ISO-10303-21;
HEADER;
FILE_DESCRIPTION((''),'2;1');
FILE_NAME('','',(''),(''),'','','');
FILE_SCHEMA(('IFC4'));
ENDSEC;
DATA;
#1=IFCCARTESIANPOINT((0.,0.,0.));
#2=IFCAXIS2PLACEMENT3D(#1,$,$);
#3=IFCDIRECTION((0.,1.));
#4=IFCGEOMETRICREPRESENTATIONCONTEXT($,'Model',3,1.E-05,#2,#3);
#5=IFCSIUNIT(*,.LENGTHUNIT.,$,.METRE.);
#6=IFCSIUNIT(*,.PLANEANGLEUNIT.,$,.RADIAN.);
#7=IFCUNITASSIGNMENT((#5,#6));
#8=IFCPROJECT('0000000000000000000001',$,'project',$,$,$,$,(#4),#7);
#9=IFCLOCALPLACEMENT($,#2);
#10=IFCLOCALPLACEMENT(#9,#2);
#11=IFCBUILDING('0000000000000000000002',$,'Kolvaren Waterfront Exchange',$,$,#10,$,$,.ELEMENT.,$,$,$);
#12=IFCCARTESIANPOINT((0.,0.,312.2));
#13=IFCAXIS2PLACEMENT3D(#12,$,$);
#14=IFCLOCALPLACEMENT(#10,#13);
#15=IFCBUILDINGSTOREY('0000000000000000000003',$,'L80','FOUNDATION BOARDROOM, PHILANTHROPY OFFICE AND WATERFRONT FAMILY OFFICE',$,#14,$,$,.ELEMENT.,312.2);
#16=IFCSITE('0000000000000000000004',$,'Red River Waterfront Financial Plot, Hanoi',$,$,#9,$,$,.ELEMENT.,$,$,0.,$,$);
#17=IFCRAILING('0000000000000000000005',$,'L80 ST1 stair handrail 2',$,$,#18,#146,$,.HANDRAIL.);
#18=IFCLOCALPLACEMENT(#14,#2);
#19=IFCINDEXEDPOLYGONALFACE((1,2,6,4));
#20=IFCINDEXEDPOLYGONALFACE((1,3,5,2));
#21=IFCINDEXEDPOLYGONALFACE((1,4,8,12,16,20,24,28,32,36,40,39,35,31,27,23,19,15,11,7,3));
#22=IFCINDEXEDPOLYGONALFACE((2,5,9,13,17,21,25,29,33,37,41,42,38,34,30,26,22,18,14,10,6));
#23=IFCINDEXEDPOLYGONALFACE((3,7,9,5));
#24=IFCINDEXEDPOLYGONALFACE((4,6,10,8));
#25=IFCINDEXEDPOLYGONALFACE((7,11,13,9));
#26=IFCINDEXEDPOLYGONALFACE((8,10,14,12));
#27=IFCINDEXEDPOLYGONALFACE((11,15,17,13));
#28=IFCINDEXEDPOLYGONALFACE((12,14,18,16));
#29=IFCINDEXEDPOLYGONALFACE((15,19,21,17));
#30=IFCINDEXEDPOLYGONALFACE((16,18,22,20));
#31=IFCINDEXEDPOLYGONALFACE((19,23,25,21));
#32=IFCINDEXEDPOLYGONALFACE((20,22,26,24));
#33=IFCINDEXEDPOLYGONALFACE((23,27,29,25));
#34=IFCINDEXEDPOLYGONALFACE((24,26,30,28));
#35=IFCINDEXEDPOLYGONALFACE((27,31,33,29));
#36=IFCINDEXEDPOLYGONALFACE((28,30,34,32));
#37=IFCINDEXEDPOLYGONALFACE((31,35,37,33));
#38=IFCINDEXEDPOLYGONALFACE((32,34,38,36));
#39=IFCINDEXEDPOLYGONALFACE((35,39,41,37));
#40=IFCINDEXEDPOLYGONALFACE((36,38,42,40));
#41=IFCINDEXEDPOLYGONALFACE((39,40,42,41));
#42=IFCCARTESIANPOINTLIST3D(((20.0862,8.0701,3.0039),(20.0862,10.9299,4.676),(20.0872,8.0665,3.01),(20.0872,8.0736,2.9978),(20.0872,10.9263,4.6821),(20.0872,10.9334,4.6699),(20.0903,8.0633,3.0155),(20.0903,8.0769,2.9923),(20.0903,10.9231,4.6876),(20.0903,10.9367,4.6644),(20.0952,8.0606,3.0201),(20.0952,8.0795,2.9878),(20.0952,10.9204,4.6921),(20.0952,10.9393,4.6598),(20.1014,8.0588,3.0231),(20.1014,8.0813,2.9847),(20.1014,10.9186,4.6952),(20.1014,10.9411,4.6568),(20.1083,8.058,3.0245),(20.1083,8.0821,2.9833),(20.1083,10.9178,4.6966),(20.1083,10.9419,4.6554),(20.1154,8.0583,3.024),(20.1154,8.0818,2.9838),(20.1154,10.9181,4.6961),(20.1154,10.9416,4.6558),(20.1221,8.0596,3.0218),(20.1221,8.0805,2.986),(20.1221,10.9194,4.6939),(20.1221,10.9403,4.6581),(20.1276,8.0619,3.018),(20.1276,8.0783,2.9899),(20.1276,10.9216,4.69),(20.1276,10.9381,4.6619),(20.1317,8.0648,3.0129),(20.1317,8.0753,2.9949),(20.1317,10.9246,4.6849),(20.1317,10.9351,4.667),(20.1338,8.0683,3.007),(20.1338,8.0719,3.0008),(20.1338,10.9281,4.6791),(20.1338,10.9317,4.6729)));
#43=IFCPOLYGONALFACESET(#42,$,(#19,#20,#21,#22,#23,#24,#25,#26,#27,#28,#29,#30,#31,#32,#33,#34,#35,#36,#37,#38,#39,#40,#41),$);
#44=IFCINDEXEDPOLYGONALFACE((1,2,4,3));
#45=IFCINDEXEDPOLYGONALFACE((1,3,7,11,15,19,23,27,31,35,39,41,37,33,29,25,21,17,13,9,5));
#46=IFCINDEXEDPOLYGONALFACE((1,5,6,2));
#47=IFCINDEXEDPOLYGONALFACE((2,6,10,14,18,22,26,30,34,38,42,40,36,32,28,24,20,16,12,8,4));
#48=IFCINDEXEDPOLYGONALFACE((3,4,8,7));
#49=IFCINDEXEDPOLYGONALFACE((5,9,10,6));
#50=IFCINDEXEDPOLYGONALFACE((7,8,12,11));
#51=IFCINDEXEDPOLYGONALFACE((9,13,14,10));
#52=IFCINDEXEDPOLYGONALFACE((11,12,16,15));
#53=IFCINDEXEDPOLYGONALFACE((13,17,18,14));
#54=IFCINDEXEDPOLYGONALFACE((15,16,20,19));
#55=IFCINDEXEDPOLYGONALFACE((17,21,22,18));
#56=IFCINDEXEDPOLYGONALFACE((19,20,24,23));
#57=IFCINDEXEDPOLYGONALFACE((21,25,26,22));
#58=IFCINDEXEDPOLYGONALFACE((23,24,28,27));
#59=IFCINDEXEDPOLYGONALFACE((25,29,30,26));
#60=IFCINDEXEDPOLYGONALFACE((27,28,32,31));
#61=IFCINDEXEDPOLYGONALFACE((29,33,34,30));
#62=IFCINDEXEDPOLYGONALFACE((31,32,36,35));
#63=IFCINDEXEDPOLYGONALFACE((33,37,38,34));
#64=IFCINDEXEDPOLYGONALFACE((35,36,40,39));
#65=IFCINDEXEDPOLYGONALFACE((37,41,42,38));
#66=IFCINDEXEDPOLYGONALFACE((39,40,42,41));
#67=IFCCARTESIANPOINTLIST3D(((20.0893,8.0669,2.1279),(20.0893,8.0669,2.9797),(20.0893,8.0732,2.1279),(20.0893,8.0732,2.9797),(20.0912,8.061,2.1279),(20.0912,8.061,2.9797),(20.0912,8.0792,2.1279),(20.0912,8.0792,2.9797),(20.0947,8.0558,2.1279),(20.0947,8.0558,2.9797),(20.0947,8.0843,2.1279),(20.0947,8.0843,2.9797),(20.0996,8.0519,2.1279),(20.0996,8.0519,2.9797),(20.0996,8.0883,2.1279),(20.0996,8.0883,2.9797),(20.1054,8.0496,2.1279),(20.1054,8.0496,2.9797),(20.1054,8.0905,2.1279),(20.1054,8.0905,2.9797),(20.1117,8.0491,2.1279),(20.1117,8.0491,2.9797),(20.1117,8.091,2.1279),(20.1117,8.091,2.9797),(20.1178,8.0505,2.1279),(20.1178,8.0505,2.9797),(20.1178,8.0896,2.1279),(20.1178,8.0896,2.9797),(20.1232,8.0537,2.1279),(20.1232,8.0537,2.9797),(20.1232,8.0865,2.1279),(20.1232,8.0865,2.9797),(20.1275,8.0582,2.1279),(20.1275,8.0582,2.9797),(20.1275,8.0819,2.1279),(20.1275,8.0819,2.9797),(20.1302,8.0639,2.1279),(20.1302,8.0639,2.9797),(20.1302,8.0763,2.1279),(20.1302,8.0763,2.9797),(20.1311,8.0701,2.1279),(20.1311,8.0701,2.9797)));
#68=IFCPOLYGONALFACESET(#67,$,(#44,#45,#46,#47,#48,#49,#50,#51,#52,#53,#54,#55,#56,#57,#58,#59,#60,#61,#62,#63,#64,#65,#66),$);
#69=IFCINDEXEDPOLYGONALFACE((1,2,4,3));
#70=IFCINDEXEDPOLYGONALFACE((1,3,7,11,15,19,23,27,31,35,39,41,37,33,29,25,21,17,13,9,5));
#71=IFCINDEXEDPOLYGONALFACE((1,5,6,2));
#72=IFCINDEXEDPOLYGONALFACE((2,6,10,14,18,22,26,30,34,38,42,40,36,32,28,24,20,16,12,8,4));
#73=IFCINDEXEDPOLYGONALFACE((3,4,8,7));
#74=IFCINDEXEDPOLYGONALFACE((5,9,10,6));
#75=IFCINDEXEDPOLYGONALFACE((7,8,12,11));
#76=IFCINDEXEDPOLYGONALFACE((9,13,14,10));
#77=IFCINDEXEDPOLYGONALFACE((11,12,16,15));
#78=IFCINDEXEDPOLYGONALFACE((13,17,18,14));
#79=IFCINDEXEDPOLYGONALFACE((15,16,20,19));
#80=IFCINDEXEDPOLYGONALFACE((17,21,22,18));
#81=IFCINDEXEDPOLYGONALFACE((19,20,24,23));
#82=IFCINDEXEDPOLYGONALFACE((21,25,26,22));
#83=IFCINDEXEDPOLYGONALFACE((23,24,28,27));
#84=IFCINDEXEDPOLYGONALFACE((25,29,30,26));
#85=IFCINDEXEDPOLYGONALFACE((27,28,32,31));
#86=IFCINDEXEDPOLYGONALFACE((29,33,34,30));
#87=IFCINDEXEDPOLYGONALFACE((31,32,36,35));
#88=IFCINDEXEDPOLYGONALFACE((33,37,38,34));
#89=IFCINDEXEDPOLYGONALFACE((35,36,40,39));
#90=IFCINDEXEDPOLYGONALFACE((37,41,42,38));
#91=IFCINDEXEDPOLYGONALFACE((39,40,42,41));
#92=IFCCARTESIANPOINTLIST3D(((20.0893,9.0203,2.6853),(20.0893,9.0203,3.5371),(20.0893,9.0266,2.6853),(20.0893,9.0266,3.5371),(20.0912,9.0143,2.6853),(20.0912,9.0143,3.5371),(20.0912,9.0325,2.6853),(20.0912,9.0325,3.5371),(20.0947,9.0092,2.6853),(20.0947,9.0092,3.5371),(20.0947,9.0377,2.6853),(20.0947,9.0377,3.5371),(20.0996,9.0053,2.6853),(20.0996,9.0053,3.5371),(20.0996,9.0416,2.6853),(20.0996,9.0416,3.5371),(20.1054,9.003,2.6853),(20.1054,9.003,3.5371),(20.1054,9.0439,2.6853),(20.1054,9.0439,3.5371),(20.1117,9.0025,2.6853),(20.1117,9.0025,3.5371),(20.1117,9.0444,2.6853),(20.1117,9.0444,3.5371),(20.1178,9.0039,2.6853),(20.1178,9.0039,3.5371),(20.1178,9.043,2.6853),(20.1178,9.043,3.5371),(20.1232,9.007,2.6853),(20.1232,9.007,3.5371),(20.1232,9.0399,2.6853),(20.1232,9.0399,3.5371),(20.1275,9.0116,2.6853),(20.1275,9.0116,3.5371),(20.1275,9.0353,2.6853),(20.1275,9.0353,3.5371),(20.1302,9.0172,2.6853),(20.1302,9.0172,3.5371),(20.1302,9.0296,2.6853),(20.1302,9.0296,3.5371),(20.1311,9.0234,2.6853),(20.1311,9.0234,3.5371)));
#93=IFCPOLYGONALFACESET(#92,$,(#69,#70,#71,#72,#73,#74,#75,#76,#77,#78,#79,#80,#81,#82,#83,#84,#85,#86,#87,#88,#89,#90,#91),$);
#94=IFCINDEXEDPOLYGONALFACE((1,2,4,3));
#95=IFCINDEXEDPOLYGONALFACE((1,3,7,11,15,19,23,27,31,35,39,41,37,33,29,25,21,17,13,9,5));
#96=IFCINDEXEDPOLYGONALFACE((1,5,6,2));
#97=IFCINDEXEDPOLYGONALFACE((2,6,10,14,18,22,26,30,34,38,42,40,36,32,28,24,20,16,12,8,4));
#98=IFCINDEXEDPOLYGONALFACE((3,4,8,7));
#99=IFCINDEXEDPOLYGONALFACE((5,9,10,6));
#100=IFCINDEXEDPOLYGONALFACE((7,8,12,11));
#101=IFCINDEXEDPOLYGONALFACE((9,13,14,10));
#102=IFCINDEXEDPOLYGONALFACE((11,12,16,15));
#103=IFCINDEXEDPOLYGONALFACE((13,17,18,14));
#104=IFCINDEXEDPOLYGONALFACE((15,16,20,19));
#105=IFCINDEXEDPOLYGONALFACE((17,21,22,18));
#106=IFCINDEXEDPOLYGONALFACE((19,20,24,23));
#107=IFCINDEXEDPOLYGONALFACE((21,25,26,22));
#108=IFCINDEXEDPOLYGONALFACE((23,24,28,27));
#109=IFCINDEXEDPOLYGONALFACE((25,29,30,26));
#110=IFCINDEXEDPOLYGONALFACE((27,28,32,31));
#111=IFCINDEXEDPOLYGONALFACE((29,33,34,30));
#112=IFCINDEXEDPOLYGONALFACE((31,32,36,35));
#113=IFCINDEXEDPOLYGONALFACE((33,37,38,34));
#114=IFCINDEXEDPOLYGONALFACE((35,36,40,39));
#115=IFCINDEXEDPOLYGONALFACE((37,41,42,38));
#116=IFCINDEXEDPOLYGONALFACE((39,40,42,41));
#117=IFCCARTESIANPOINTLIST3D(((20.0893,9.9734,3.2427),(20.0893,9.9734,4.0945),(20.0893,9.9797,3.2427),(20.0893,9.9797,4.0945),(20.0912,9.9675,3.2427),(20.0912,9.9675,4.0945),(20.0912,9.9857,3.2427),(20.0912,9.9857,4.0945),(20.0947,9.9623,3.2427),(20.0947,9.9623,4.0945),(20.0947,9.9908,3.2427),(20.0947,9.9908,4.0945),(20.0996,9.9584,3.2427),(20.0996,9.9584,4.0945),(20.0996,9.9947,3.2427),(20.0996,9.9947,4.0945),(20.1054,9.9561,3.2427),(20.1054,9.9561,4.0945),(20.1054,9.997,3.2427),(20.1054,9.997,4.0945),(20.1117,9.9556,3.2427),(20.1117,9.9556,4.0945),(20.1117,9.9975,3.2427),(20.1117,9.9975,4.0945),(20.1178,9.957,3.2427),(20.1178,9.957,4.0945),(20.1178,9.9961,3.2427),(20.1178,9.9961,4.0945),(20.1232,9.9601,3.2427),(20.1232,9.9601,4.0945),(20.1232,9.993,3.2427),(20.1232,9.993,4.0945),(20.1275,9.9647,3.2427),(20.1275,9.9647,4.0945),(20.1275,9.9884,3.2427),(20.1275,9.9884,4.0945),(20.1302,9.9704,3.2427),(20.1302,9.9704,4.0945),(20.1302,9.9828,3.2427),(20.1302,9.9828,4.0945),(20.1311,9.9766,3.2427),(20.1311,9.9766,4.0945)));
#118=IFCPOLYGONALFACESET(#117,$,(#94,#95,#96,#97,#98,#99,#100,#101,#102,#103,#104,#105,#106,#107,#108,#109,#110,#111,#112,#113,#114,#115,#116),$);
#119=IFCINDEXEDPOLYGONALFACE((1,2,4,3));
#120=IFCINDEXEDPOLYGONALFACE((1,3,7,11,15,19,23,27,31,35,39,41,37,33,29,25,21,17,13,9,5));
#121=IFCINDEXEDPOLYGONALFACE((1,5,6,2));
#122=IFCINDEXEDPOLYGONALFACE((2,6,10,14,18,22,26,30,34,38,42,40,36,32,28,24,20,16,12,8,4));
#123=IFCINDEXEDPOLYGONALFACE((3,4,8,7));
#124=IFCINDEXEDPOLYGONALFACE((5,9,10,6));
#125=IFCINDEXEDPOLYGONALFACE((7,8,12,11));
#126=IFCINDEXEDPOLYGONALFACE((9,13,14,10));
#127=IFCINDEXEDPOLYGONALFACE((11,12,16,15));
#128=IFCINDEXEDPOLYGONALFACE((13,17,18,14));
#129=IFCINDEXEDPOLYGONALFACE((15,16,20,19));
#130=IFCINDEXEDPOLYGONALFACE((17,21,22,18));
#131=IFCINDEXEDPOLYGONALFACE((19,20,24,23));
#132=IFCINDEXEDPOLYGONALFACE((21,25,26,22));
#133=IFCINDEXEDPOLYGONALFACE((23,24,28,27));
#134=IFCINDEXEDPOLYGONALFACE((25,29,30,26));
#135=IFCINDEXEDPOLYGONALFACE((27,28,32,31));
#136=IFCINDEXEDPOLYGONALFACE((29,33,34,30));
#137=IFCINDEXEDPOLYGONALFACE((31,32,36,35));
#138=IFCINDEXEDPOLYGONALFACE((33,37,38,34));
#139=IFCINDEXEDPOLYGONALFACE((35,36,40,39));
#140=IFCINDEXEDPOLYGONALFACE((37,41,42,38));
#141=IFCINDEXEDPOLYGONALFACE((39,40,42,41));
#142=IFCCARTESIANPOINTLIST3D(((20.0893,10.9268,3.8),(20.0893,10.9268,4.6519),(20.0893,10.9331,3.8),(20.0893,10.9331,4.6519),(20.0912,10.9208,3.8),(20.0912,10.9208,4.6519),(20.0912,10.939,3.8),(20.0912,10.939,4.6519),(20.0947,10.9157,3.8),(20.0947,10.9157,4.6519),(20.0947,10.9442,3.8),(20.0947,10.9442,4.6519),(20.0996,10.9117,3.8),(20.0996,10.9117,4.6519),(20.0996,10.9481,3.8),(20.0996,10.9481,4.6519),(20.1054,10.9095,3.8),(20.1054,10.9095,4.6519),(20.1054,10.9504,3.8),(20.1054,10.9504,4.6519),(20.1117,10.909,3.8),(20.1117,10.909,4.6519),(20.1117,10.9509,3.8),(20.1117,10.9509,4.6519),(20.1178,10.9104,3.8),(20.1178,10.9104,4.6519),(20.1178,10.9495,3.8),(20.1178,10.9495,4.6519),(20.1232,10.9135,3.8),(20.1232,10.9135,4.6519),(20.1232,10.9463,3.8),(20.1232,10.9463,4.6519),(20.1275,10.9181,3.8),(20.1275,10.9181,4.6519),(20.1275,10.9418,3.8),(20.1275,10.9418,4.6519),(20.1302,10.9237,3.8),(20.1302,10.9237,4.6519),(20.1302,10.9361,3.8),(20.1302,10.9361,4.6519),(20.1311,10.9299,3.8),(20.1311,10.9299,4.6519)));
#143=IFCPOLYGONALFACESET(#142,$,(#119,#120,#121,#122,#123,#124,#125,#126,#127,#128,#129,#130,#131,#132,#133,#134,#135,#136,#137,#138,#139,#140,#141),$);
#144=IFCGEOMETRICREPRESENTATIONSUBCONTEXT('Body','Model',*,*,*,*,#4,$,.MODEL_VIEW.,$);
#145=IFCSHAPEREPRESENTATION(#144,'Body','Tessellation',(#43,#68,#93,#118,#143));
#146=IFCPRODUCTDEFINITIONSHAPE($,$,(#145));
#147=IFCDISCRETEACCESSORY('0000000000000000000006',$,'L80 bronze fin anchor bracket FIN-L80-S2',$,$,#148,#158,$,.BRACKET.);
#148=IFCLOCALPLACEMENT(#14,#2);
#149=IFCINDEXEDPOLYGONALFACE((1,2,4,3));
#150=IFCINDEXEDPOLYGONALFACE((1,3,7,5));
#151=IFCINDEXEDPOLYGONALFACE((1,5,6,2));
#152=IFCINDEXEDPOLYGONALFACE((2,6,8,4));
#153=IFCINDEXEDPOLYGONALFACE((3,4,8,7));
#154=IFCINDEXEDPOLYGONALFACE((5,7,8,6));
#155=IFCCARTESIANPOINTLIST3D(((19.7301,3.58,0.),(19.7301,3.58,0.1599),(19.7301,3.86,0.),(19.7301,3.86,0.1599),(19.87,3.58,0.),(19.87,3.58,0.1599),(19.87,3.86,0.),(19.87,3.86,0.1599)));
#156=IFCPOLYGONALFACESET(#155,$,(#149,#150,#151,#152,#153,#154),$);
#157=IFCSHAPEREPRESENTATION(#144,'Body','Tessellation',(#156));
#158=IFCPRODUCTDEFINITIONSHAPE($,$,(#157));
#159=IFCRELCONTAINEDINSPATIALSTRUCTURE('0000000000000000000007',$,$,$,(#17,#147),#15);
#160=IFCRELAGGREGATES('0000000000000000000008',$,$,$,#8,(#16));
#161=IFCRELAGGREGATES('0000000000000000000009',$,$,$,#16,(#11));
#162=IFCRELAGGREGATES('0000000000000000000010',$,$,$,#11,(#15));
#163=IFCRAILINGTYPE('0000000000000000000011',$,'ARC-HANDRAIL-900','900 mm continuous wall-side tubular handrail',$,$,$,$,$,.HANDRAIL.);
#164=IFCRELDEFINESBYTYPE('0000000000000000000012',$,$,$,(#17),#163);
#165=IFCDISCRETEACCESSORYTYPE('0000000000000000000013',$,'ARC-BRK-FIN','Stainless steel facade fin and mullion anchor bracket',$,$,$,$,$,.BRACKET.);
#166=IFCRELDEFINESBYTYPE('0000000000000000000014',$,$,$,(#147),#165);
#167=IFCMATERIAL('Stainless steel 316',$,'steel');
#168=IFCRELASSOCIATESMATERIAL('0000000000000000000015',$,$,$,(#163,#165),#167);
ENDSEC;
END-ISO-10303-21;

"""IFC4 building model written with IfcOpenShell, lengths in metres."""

from ifc_helpers import new_model, si_unit, direction, frame, origin, origin_with_axes, origin_2d, place, context, subcontext, project, spatial, rectangle, circle, extrude, source, transform, mapped, material, type_object, element, save


model = new_model("IFC4")

# Units and contexts
model_context = context("Model", 3, precision=1e-05, world=origin(), true_north=direction((0.0, 1.0)))
body_context = subcontext(model_context, "Body", "Model", "MODEL_VIEW")
ifc_project = project(units=[si_unit("LENGTHUNIT", "METRE"), si_unit("PLANEANGLEUNIT", "RADIAN")], contexts=[model_context])

# Site, building, storey
site_placement = place(None, origin())
site = spatial("IfcSite", under=ifc_project, at=site_placement, Name="Red River Waterfront Financial Plot, Hanoi", CompositionType="ELEMENT", RefElevation=0.0)
building_placement = place(site_placement, origin())
building = spatial("IfcBuilding", under=site, at=building_placement, Name="Kolvaren Waterfront Exchange", CompositionType="ELEMENT")
storey_placement = place(building_placement, frame((0.0, 0.0, 312.2)))
storey = spatial("IfcBuildingStorey", under=building, at=storey_placement, Name="L80", Description="FOUNDATION BOARDROOM, PHILANTHROPY OFFICE AND WATERFRONT FAMILY OFFICE", CompositionType="ELEMENT", Elevation=312.2)

# Railing
ifc_material_1 = material(Name="Stainless steel 316", Category="steel")
railing_type_1 = type_object("IfcRailingType", Name="ARC-HANDRAIL-900", Description="900 mm continuous wall-side tubular handrail", PredefinedType="HANDRAIL", material=ifc_material_1)
railing_1_placement = place(storey_placement, frame((20.1101, 8.0701, 2.1279)))
element("IfcRailing", 1, at=railing_1_placement, inside=storey, type_object=railing_type_1, Name="L80 ST1 stair handrail 2", PredefinedType="HANDRAIL", context=body_context, shape_type="SweptSolid", body=[
    extrude(circle(Radius=0.0239, at=origin_2d()), frame((0.0, 0.0, 0.876), z_axis=(0.0, 0.863271, 0.504741), x_axis=(-1.0, 0.0, 0.0)), (0.0, 0.0, 1.0), 3.3127),
    extrude(circle(Radius=0.021, at=origin_2d()), origin(), (0.0, 0.0, 1.0), 0.8518),
    extrude(circle(Radius=0.021, at=origin_2d()), frame((0.0, 0.9534, 0.5574)), (0.0, 0.0, 1.0), 0.8518),
    extrude(circle(Radius=0.021, at=origin_2d()), frame((0.0, 1.9065, 1.1147)), (0.0, 0.0, 1.0), 0.8518),
    extrude(circle(Radius=0.021, at=origin_2d()), frame((0.0, 2.8599, 1.6721)), (0.0, 0.0, 1.0), 0.8518),
])

# Discrete accessory
discrete_accessory_type = type_object("IfcDiscreteAccessoryType", Name="ARC-BRK-FIN", Description="Stainless steel facade fin and mullion anchor bracket", PredefinedType="BRACKET", material=ifc_material_1)
shared_shape_1 = source(origin_with_axes(), body_context, "Body", "SweptSolid", [
    extrude(rectangle(XDim=0.28, YDim=0.1399, at=origin_2d()), origin(), (0.0, 0.0, 1.0), 0.1599),
])
discrete_accessory_placement = place(storey_placement, frame((19.8, 3.72, 0.0), z_axis=(0.0, 0.0, 1.0), x_axis=(0.0, -1.0, 0.0)))
element("IfcDiscreteAccessory", 2, at=discrete_accessory_placement, inside=storey, type_object=discrete_accessory_type, Name="L80 bronze fin anchor bracket FIN-L80-S2", PredefinedType="BRACKET", context=body_context, shape_type="MappedRepresentation", body=[
    mapped(shared_shape_1, transform((0.0, 0.0, 0.0), x_axis=(1.0, 0.0, 0.0), y_axis=(0.0, 1.0, 0.0), z_axis=(0.0, 0.0, 1.0), scale=1.0)),
])

save(model, "model.ifc")
